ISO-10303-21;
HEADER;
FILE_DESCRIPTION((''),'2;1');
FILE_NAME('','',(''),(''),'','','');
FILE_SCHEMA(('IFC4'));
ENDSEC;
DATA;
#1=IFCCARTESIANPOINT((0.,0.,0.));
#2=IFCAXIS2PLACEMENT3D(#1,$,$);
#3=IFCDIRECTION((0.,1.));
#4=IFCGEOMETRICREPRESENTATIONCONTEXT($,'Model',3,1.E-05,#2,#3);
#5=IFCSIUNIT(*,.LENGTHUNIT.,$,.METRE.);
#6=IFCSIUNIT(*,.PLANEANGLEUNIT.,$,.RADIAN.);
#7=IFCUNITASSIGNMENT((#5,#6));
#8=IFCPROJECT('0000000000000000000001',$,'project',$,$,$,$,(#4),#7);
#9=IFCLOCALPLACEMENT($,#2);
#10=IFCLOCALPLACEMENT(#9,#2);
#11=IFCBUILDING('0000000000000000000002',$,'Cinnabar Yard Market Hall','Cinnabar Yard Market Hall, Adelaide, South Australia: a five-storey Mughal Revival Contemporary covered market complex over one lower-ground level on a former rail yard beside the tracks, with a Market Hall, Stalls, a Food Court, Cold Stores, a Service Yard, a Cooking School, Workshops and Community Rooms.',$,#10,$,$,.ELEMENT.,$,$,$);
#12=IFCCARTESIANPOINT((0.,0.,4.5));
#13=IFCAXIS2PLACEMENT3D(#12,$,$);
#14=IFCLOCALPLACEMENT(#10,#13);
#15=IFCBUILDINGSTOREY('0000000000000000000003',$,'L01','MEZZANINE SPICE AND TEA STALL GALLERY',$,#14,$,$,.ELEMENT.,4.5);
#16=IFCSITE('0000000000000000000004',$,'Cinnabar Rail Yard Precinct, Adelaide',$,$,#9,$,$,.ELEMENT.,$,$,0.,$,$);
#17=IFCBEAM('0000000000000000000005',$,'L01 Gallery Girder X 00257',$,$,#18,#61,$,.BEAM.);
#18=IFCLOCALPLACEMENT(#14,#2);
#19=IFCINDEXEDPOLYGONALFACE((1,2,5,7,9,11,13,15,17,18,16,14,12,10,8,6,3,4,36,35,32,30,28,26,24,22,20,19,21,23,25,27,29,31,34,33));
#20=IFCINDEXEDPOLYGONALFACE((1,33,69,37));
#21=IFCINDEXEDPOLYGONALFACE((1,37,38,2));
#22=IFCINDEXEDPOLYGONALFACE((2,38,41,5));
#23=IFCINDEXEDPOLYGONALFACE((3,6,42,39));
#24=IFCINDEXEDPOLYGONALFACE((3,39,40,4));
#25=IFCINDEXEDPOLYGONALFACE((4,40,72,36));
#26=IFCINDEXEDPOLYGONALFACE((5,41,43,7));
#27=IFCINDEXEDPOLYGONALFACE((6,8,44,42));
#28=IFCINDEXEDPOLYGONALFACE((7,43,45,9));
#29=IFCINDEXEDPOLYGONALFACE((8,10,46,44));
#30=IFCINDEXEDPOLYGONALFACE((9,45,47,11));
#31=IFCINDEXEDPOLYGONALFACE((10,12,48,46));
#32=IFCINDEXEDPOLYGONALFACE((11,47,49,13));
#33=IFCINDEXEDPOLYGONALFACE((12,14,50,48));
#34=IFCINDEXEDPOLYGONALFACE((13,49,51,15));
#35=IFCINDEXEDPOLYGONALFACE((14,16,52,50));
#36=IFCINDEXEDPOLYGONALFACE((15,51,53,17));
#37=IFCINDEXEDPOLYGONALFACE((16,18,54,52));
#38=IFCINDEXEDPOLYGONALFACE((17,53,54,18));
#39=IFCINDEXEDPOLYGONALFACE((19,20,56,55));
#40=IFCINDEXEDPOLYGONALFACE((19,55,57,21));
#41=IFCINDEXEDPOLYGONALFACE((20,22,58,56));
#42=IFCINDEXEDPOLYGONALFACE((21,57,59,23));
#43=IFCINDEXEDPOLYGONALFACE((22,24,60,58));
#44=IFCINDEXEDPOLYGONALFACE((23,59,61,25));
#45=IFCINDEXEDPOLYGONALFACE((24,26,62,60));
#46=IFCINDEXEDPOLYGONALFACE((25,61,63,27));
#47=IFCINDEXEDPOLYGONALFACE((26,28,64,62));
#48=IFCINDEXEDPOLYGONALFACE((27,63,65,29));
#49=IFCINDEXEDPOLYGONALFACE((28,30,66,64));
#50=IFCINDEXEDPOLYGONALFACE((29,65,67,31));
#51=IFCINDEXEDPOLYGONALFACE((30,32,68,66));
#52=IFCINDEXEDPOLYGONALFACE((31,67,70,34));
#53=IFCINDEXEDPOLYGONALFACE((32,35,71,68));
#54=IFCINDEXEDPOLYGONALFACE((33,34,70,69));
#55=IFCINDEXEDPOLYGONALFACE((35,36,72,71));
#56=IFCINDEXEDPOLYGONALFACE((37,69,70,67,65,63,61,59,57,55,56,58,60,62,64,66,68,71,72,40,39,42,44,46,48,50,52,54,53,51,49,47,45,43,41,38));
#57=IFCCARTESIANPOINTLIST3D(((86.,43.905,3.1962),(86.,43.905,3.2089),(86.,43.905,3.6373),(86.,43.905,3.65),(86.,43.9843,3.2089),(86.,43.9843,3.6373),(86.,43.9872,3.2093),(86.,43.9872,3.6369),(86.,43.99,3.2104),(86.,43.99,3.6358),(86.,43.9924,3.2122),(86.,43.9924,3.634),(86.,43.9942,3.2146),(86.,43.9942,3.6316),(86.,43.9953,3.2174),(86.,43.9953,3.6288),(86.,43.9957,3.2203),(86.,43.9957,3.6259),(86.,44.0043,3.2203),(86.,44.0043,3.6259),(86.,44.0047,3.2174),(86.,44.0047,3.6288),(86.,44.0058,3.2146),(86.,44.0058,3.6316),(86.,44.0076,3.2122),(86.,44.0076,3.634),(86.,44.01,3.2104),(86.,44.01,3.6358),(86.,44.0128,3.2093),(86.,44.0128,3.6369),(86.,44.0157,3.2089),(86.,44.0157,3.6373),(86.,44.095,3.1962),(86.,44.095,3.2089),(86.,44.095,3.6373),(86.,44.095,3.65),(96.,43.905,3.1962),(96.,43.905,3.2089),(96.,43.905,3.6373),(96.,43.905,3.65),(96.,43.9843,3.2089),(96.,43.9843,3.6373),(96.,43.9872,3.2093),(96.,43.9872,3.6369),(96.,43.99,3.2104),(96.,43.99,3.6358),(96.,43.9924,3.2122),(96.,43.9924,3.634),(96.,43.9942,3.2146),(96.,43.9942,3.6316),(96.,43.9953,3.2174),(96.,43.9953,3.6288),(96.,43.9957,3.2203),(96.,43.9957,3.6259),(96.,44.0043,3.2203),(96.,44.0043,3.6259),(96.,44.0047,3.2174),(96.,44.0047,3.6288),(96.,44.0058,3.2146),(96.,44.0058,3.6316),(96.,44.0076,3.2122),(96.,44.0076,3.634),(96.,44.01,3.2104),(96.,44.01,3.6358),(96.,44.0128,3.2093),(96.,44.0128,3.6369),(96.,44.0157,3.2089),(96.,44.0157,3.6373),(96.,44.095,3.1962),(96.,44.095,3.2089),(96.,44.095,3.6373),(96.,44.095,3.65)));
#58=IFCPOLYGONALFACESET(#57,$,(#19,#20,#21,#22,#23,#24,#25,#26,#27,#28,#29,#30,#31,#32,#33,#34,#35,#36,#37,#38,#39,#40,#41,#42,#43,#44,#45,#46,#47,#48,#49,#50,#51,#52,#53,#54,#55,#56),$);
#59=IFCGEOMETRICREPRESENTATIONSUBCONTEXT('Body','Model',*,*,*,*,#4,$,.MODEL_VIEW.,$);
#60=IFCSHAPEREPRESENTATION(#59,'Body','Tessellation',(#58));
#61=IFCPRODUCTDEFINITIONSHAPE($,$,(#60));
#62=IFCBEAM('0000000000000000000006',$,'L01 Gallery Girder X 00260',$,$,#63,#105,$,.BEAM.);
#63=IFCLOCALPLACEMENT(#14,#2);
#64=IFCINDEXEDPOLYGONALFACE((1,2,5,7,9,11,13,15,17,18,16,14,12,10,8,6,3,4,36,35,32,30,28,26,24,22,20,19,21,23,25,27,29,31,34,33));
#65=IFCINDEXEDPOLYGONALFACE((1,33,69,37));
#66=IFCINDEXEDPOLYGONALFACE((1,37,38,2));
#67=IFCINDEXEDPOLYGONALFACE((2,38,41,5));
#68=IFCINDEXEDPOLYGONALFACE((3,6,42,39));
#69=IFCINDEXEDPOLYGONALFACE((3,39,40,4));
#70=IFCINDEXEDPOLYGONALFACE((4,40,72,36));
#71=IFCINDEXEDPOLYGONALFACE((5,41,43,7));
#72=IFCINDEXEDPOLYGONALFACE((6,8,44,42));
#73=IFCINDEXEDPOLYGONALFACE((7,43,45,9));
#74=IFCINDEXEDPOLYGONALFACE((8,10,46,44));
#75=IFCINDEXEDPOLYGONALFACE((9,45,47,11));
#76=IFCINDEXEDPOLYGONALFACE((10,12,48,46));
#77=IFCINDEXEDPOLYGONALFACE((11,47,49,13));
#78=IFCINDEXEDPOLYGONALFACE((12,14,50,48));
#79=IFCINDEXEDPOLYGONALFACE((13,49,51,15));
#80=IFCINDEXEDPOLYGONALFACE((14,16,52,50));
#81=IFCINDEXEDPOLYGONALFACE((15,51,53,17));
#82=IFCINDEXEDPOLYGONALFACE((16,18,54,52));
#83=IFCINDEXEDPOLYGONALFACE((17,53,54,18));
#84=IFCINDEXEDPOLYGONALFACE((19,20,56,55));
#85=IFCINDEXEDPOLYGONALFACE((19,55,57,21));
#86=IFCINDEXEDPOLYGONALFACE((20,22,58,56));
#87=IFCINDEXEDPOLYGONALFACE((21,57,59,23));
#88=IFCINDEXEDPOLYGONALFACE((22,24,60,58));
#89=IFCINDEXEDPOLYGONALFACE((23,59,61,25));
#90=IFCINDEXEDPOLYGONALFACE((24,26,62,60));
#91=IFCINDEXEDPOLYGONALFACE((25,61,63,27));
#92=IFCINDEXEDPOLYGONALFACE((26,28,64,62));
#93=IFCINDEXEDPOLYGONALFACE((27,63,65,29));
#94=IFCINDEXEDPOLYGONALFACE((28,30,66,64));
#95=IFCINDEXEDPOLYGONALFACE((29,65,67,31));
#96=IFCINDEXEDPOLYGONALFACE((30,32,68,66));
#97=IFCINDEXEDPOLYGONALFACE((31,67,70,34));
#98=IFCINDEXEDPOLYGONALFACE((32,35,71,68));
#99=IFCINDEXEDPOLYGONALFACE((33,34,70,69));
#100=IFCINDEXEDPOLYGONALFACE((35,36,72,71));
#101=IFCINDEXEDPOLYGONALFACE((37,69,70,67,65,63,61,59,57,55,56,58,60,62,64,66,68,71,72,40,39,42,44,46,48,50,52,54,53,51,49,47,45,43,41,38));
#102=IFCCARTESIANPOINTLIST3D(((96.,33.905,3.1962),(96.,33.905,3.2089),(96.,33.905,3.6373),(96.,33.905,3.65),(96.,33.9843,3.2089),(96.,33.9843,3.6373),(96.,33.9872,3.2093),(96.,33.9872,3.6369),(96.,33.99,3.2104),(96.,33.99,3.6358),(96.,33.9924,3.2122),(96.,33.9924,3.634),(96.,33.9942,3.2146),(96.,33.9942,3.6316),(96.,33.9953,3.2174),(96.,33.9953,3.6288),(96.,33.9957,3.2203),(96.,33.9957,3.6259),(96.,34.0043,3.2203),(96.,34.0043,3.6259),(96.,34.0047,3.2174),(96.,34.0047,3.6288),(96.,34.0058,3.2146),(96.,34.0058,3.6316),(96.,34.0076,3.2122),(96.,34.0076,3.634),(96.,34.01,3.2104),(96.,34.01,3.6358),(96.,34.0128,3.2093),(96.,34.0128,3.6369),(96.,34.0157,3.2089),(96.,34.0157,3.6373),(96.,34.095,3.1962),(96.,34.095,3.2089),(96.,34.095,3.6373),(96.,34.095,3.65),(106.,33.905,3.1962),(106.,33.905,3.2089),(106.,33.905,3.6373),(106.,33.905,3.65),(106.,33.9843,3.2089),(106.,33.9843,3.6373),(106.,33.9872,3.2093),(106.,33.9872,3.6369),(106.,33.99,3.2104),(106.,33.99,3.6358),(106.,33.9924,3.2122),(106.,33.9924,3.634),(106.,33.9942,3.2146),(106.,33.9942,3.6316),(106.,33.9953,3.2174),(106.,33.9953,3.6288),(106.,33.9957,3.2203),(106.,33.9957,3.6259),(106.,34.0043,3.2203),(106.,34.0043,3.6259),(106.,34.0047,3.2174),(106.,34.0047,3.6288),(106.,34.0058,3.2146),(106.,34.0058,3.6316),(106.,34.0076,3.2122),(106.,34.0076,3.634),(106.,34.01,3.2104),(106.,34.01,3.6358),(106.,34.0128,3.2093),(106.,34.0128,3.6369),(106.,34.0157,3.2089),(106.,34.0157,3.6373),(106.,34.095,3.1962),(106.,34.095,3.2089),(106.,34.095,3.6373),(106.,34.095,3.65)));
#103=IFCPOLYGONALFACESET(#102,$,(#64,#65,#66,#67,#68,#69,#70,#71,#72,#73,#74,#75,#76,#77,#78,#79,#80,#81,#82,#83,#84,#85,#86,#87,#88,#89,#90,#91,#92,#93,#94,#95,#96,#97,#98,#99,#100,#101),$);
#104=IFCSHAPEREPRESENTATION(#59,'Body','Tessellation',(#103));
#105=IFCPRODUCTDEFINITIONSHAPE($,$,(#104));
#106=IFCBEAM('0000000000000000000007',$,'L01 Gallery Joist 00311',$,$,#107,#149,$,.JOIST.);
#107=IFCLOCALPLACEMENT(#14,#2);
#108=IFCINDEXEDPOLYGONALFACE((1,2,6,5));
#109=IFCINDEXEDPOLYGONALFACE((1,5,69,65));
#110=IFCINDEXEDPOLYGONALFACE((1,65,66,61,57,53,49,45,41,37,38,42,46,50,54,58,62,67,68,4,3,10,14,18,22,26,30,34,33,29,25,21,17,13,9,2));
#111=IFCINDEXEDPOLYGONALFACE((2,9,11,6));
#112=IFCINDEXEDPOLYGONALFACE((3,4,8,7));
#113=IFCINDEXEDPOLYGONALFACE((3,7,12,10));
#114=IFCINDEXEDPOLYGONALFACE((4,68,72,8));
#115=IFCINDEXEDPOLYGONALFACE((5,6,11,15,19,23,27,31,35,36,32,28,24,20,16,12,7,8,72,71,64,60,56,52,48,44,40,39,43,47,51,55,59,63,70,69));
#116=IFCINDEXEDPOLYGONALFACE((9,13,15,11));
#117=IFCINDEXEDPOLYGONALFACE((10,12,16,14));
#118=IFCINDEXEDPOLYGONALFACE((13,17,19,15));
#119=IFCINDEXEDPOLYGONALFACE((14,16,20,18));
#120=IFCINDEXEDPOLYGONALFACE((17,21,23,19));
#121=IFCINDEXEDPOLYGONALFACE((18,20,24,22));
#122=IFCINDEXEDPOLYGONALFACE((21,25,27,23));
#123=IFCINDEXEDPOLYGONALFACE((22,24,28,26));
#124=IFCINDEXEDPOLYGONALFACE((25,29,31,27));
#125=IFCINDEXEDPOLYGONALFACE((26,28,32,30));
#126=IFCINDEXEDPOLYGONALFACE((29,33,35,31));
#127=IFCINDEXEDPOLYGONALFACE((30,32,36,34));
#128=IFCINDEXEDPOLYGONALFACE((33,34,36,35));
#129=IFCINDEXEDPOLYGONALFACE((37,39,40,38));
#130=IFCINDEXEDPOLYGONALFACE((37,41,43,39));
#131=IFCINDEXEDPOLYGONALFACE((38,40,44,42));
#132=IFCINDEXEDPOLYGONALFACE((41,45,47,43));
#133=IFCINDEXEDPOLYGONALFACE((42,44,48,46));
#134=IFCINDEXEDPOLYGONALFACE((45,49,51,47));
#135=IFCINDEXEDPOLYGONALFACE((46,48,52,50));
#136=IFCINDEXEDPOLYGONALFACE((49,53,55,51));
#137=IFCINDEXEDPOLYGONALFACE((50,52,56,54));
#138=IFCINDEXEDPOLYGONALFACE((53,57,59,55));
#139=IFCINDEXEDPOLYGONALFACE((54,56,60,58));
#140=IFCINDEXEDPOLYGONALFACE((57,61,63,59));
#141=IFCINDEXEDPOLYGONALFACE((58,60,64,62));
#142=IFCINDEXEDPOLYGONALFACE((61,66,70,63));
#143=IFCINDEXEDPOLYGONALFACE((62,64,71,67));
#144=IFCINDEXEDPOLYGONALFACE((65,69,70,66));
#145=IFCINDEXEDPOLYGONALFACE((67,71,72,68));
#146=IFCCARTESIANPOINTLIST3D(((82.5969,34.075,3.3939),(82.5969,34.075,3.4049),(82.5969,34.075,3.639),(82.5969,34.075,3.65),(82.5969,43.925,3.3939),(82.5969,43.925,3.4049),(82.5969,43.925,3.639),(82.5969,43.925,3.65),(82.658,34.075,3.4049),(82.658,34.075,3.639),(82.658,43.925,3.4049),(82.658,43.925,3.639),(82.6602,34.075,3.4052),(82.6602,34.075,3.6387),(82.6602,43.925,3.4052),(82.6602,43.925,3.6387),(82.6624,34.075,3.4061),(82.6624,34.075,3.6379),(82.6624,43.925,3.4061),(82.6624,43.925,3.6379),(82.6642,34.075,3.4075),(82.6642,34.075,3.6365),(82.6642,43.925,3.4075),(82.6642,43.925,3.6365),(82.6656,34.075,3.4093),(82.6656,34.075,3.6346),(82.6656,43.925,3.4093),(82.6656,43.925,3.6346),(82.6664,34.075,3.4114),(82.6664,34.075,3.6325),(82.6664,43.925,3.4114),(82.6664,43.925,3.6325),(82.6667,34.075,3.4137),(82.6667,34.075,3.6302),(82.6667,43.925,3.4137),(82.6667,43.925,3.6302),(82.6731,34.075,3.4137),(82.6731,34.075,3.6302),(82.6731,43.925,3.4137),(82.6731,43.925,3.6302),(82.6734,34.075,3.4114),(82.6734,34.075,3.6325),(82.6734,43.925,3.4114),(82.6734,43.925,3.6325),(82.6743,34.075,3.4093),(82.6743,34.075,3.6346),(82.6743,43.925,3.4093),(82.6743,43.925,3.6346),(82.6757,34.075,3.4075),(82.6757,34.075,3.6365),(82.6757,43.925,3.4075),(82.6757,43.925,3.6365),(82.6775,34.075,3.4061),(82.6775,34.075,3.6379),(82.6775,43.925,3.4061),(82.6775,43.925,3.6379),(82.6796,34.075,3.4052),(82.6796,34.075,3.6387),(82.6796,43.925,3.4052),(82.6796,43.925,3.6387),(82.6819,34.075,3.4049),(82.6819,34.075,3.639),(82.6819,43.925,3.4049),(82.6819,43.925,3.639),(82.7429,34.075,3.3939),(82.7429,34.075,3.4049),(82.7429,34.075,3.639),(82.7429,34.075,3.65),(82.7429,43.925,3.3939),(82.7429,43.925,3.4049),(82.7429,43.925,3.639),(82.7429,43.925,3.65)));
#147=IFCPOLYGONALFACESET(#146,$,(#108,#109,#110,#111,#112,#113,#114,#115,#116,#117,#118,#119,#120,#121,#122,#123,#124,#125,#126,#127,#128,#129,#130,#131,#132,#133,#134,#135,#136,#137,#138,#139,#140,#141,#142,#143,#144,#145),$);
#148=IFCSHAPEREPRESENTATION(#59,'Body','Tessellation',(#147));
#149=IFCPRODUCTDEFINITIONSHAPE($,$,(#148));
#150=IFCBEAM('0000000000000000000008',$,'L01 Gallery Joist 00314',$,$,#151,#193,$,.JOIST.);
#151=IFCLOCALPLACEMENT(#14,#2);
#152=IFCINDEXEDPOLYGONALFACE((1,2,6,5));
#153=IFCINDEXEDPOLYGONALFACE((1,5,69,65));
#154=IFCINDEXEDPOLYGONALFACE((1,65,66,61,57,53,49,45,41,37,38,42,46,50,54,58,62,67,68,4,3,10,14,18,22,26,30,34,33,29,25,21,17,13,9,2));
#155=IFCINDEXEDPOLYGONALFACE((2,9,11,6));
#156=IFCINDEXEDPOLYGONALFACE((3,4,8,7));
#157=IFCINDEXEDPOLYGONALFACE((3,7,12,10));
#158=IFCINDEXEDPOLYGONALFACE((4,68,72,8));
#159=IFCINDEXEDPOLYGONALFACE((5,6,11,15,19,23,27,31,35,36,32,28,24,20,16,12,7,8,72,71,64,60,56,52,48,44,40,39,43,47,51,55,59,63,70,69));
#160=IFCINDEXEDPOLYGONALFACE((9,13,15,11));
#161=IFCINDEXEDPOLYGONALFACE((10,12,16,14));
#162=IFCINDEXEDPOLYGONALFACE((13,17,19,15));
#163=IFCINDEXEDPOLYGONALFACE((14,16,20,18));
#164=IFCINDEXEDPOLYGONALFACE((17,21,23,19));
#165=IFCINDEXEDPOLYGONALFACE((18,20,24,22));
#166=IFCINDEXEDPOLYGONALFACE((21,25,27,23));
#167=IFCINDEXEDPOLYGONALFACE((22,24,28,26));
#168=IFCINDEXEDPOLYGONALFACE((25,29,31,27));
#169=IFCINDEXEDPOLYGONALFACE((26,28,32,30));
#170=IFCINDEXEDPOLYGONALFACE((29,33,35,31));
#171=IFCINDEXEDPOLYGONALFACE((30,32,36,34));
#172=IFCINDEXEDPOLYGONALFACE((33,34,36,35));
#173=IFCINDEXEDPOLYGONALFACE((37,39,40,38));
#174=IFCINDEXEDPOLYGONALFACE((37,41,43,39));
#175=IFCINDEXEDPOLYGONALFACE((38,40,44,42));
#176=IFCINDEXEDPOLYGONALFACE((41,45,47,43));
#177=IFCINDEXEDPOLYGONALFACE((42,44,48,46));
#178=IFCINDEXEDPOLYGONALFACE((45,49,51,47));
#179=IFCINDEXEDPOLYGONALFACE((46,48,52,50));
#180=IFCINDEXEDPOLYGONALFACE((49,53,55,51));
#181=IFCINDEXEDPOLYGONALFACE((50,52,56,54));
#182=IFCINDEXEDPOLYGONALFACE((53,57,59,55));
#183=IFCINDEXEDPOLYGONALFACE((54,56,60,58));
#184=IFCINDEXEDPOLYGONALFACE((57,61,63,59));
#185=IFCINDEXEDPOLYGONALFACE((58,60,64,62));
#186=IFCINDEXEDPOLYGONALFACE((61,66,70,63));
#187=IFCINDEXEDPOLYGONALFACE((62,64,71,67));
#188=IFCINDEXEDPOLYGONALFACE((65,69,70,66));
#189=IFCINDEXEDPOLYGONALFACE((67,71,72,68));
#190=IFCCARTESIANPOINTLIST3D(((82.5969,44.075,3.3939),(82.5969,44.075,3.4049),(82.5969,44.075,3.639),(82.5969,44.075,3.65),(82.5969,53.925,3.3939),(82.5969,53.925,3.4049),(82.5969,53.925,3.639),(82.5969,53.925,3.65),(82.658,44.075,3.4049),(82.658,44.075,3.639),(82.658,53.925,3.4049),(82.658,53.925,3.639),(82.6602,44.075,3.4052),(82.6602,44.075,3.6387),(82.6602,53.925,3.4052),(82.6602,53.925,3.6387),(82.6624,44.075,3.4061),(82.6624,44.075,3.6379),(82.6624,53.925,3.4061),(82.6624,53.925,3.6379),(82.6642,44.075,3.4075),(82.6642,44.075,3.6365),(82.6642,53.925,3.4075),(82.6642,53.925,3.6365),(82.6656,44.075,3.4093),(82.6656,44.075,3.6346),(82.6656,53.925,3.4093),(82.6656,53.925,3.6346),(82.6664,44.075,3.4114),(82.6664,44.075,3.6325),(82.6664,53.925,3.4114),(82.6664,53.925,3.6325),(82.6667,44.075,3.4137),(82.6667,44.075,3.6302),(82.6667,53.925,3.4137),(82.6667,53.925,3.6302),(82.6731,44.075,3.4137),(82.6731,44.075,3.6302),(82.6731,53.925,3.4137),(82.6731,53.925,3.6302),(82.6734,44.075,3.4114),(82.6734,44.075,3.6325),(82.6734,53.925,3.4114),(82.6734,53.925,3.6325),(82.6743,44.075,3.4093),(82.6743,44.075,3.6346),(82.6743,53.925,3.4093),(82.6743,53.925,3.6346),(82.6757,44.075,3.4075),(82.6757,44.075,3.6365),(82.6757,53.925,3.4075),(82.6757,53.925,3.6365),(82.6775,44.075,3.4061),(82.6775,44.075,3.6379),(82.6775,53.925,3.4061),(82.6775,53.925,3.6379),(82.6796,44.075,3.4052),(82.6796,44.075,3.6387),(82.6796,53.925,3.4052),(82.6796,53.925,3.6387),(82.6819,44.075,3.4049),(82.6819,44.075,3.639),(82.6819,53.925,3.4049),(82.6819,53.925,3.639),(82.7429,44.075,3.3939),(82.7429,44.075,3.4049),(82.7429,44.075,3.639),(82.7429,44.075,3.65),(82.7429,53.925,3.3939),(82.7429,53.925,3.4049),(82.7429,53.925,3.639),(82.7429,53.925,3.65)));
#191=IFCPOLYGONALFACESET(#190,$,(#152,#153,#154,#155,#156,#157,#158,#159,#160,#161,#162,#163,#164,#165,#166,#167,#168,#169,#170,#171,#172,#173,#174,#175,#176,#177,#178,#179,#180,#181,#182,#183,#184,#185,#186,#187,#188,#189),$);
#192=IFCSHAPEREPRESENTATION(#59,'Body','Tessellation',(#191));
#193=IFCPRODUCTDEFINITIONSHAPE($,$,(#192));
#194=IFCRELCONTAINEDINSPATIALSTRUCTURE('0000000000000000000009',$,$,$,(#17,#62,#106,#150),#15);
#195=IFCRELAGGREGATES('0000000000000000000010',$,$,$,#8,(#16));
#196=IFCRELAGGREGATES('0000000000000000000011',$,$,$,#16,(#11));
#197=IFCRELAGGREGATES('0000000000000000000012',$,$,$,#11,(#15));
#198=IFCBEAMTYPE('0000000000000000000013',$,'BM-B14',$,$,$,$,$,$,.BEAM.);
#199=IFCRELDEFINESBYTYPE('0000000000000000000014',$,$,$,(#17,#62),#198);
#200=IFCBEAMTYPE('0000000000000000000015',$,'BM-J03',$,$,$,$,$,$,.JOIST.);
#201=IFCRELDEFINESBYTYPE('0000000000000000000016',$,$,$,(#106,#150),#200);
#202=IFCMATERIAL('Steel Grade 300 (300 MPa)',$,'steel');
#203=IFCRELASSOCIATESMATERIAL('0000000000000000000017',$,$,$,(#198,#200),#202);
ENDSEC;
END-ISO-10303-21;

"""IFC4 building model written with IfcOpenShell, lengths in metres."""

from ifc_helpers import new_model, si_unit, direction, frame, origin, origin_2d_with_axis, place, context, subcontext, project, spatial, i_section, extrude, material, material_profile, profile_set, type_object, element, save


model = new_model("IFC4")

# Units and contexts
model_context = context("Model", 3, precision=1e-05, world=origin(), true_north=direction((0.0, 1.0)))
body_context = subcontext(model_context, "Body", "Model", "MODEL_VIEW")
ifc_project = project(units=[si_unit("LENGTHUNIT", "METRE"), si_unit("PLANEANGLEUNIT", "RADIAN")], contexts=[model_context])

# Site, building, storey
site_placement = place(None, origin())
site = spatial("IfcSite", under=ifc_project, at=site_placement, Name="Cinnabar Rail Yard Precinct, Adelaide", CompositionType="ELEMENT", RefElevation=0.0)
building_placement = place(site_placement, origin())
building = spatial("IfcBuilding", under=site, at=building_placement, Name="Cinnabar Yard Market Hall", Description="Cinnabar Yard Market Hall, Adelaide, South Australia: a five-storey Mughal Revival Contemporary covered market complex over one lower-ground level on a former rail yard beside the tracks, with a Market Hall, Stalls, a Food Court, Cold Stores, a Service Yard, a Cooking School, Workshops and Community Rooms.", CompositionType="ELEMENT")
storey_placement = place(building_placement, frame((0.0, 0.0, 4.5)))
storey = spatial("IfcBuildingStorey", under=building, at=storey_placement, Name="L01", Description="MEZZANINE SPICE AND TEA STALL GALLERY", CompositionType="ELEMENT", Elevation=4.5)

# Beams
ifc_material_1 = material(Name="Steel Grade 300 (300 MPa)", Category="steel")
ifc_material_profile_1 = material_profile(ifc_material_1, i_section(OverallWidth=0.1899, OverallDepth=0.4539, WebThickness=0.0085, FlangeThickness=0.0127, FilletRadius=0.0115, at=origin_2d_with_axis()), Name="460UB67.1")
ifc_profile_set_1 = profile_set([ifc_material_profile_1], Name="Steel Grade 300 (300 MPa)")
beam_type_1 = type_object("IfcBeamType", Name="BM-B14", PredefinedType="BEAM", material=ifc_profile_set_1)
for number, where, z_axis, x_axis, name in (
    (1, (86.0, 44.0, 3.4231), (1.0, 0.0, 0.0), (0.0, 1.0, 0.0), "L01 Gallery Girder X 00257"),
    (2, (96.0, 34.0, 3.4231), (1.0, 0.0, 0.0), (0.0, 1.0, 0.0), "L01 Gallery Girder X 00260"),
):
    element("IfcBeam", number, at=place(storey_placement, frame(where, z_axis=z_axis, x_axis=x_axis)), inside=storey, type_object=beam_type_1, Name=name, PredefinedType="BEAM", context=body_context, shape_type="SweptSolid", body=[
        extrude(i_section(OverallWidth=0.1899, OverallDepth=0.4539, WebThickness=0.0085, FlangeThickness=0.0127, FilletRadius=0.0115, at=origin_2d_with_axis()), origin(), (0.0, 0.0, 1.0), 10.0),
    ])
ifc_material_profile_2 = material_profile(ifc_material_1, i_section(OverallWidth=0.146, OverallDepth=0.2561, WebThickness=0.0063, FlangeThickness=0.011, FilletRadius=0.0088, at=origin_2d_with_axis()), Name="250UB37.3")
ifc_profile_set_2 = profile_set([ifc_material_profile_2], Name="Steel Grade 300 (300 MPa)")
beam_type_2 = type_object("IfcBeamType", Name="BM-J03", PredefinedType="JOIST", material=ifc_profile_set_2)
for number, where, z_axis, x_axis, name in (
    (3, (82.6699, 34.075, 3.522), (0.0, 1.0, 0.0), (-1.0, 0.0, 0.0), "L01 Gallery Joist 00311"),
    (4, (82.6699, 44.075, 3.522), (0.0, 1.0, 0.0), (-1.0, 0.0, 0.0), "L01 Gallery Joist 00314"),
):
    element("IfcBeam", number, at=place(storey_placement, frame(where, z_axis=z_axis, x_axis=x_axis)), inside=storey, type_object=beam_type_2, Name=name, PredefinedType="JOIST", context=body_context, shape_type="SweptSolid", body=[
        extrude(i_section(OverallWidth=0.146, OverallDepth=0.2561, WebThickness=0.0063, FlangeThickness=0.011, FilletRadius=0.0088, at=origin_2d_with_axis()), origin(), (0.0, 0.0, 1.0), 9.8501),
    ])

save(model, "model.ifc")
